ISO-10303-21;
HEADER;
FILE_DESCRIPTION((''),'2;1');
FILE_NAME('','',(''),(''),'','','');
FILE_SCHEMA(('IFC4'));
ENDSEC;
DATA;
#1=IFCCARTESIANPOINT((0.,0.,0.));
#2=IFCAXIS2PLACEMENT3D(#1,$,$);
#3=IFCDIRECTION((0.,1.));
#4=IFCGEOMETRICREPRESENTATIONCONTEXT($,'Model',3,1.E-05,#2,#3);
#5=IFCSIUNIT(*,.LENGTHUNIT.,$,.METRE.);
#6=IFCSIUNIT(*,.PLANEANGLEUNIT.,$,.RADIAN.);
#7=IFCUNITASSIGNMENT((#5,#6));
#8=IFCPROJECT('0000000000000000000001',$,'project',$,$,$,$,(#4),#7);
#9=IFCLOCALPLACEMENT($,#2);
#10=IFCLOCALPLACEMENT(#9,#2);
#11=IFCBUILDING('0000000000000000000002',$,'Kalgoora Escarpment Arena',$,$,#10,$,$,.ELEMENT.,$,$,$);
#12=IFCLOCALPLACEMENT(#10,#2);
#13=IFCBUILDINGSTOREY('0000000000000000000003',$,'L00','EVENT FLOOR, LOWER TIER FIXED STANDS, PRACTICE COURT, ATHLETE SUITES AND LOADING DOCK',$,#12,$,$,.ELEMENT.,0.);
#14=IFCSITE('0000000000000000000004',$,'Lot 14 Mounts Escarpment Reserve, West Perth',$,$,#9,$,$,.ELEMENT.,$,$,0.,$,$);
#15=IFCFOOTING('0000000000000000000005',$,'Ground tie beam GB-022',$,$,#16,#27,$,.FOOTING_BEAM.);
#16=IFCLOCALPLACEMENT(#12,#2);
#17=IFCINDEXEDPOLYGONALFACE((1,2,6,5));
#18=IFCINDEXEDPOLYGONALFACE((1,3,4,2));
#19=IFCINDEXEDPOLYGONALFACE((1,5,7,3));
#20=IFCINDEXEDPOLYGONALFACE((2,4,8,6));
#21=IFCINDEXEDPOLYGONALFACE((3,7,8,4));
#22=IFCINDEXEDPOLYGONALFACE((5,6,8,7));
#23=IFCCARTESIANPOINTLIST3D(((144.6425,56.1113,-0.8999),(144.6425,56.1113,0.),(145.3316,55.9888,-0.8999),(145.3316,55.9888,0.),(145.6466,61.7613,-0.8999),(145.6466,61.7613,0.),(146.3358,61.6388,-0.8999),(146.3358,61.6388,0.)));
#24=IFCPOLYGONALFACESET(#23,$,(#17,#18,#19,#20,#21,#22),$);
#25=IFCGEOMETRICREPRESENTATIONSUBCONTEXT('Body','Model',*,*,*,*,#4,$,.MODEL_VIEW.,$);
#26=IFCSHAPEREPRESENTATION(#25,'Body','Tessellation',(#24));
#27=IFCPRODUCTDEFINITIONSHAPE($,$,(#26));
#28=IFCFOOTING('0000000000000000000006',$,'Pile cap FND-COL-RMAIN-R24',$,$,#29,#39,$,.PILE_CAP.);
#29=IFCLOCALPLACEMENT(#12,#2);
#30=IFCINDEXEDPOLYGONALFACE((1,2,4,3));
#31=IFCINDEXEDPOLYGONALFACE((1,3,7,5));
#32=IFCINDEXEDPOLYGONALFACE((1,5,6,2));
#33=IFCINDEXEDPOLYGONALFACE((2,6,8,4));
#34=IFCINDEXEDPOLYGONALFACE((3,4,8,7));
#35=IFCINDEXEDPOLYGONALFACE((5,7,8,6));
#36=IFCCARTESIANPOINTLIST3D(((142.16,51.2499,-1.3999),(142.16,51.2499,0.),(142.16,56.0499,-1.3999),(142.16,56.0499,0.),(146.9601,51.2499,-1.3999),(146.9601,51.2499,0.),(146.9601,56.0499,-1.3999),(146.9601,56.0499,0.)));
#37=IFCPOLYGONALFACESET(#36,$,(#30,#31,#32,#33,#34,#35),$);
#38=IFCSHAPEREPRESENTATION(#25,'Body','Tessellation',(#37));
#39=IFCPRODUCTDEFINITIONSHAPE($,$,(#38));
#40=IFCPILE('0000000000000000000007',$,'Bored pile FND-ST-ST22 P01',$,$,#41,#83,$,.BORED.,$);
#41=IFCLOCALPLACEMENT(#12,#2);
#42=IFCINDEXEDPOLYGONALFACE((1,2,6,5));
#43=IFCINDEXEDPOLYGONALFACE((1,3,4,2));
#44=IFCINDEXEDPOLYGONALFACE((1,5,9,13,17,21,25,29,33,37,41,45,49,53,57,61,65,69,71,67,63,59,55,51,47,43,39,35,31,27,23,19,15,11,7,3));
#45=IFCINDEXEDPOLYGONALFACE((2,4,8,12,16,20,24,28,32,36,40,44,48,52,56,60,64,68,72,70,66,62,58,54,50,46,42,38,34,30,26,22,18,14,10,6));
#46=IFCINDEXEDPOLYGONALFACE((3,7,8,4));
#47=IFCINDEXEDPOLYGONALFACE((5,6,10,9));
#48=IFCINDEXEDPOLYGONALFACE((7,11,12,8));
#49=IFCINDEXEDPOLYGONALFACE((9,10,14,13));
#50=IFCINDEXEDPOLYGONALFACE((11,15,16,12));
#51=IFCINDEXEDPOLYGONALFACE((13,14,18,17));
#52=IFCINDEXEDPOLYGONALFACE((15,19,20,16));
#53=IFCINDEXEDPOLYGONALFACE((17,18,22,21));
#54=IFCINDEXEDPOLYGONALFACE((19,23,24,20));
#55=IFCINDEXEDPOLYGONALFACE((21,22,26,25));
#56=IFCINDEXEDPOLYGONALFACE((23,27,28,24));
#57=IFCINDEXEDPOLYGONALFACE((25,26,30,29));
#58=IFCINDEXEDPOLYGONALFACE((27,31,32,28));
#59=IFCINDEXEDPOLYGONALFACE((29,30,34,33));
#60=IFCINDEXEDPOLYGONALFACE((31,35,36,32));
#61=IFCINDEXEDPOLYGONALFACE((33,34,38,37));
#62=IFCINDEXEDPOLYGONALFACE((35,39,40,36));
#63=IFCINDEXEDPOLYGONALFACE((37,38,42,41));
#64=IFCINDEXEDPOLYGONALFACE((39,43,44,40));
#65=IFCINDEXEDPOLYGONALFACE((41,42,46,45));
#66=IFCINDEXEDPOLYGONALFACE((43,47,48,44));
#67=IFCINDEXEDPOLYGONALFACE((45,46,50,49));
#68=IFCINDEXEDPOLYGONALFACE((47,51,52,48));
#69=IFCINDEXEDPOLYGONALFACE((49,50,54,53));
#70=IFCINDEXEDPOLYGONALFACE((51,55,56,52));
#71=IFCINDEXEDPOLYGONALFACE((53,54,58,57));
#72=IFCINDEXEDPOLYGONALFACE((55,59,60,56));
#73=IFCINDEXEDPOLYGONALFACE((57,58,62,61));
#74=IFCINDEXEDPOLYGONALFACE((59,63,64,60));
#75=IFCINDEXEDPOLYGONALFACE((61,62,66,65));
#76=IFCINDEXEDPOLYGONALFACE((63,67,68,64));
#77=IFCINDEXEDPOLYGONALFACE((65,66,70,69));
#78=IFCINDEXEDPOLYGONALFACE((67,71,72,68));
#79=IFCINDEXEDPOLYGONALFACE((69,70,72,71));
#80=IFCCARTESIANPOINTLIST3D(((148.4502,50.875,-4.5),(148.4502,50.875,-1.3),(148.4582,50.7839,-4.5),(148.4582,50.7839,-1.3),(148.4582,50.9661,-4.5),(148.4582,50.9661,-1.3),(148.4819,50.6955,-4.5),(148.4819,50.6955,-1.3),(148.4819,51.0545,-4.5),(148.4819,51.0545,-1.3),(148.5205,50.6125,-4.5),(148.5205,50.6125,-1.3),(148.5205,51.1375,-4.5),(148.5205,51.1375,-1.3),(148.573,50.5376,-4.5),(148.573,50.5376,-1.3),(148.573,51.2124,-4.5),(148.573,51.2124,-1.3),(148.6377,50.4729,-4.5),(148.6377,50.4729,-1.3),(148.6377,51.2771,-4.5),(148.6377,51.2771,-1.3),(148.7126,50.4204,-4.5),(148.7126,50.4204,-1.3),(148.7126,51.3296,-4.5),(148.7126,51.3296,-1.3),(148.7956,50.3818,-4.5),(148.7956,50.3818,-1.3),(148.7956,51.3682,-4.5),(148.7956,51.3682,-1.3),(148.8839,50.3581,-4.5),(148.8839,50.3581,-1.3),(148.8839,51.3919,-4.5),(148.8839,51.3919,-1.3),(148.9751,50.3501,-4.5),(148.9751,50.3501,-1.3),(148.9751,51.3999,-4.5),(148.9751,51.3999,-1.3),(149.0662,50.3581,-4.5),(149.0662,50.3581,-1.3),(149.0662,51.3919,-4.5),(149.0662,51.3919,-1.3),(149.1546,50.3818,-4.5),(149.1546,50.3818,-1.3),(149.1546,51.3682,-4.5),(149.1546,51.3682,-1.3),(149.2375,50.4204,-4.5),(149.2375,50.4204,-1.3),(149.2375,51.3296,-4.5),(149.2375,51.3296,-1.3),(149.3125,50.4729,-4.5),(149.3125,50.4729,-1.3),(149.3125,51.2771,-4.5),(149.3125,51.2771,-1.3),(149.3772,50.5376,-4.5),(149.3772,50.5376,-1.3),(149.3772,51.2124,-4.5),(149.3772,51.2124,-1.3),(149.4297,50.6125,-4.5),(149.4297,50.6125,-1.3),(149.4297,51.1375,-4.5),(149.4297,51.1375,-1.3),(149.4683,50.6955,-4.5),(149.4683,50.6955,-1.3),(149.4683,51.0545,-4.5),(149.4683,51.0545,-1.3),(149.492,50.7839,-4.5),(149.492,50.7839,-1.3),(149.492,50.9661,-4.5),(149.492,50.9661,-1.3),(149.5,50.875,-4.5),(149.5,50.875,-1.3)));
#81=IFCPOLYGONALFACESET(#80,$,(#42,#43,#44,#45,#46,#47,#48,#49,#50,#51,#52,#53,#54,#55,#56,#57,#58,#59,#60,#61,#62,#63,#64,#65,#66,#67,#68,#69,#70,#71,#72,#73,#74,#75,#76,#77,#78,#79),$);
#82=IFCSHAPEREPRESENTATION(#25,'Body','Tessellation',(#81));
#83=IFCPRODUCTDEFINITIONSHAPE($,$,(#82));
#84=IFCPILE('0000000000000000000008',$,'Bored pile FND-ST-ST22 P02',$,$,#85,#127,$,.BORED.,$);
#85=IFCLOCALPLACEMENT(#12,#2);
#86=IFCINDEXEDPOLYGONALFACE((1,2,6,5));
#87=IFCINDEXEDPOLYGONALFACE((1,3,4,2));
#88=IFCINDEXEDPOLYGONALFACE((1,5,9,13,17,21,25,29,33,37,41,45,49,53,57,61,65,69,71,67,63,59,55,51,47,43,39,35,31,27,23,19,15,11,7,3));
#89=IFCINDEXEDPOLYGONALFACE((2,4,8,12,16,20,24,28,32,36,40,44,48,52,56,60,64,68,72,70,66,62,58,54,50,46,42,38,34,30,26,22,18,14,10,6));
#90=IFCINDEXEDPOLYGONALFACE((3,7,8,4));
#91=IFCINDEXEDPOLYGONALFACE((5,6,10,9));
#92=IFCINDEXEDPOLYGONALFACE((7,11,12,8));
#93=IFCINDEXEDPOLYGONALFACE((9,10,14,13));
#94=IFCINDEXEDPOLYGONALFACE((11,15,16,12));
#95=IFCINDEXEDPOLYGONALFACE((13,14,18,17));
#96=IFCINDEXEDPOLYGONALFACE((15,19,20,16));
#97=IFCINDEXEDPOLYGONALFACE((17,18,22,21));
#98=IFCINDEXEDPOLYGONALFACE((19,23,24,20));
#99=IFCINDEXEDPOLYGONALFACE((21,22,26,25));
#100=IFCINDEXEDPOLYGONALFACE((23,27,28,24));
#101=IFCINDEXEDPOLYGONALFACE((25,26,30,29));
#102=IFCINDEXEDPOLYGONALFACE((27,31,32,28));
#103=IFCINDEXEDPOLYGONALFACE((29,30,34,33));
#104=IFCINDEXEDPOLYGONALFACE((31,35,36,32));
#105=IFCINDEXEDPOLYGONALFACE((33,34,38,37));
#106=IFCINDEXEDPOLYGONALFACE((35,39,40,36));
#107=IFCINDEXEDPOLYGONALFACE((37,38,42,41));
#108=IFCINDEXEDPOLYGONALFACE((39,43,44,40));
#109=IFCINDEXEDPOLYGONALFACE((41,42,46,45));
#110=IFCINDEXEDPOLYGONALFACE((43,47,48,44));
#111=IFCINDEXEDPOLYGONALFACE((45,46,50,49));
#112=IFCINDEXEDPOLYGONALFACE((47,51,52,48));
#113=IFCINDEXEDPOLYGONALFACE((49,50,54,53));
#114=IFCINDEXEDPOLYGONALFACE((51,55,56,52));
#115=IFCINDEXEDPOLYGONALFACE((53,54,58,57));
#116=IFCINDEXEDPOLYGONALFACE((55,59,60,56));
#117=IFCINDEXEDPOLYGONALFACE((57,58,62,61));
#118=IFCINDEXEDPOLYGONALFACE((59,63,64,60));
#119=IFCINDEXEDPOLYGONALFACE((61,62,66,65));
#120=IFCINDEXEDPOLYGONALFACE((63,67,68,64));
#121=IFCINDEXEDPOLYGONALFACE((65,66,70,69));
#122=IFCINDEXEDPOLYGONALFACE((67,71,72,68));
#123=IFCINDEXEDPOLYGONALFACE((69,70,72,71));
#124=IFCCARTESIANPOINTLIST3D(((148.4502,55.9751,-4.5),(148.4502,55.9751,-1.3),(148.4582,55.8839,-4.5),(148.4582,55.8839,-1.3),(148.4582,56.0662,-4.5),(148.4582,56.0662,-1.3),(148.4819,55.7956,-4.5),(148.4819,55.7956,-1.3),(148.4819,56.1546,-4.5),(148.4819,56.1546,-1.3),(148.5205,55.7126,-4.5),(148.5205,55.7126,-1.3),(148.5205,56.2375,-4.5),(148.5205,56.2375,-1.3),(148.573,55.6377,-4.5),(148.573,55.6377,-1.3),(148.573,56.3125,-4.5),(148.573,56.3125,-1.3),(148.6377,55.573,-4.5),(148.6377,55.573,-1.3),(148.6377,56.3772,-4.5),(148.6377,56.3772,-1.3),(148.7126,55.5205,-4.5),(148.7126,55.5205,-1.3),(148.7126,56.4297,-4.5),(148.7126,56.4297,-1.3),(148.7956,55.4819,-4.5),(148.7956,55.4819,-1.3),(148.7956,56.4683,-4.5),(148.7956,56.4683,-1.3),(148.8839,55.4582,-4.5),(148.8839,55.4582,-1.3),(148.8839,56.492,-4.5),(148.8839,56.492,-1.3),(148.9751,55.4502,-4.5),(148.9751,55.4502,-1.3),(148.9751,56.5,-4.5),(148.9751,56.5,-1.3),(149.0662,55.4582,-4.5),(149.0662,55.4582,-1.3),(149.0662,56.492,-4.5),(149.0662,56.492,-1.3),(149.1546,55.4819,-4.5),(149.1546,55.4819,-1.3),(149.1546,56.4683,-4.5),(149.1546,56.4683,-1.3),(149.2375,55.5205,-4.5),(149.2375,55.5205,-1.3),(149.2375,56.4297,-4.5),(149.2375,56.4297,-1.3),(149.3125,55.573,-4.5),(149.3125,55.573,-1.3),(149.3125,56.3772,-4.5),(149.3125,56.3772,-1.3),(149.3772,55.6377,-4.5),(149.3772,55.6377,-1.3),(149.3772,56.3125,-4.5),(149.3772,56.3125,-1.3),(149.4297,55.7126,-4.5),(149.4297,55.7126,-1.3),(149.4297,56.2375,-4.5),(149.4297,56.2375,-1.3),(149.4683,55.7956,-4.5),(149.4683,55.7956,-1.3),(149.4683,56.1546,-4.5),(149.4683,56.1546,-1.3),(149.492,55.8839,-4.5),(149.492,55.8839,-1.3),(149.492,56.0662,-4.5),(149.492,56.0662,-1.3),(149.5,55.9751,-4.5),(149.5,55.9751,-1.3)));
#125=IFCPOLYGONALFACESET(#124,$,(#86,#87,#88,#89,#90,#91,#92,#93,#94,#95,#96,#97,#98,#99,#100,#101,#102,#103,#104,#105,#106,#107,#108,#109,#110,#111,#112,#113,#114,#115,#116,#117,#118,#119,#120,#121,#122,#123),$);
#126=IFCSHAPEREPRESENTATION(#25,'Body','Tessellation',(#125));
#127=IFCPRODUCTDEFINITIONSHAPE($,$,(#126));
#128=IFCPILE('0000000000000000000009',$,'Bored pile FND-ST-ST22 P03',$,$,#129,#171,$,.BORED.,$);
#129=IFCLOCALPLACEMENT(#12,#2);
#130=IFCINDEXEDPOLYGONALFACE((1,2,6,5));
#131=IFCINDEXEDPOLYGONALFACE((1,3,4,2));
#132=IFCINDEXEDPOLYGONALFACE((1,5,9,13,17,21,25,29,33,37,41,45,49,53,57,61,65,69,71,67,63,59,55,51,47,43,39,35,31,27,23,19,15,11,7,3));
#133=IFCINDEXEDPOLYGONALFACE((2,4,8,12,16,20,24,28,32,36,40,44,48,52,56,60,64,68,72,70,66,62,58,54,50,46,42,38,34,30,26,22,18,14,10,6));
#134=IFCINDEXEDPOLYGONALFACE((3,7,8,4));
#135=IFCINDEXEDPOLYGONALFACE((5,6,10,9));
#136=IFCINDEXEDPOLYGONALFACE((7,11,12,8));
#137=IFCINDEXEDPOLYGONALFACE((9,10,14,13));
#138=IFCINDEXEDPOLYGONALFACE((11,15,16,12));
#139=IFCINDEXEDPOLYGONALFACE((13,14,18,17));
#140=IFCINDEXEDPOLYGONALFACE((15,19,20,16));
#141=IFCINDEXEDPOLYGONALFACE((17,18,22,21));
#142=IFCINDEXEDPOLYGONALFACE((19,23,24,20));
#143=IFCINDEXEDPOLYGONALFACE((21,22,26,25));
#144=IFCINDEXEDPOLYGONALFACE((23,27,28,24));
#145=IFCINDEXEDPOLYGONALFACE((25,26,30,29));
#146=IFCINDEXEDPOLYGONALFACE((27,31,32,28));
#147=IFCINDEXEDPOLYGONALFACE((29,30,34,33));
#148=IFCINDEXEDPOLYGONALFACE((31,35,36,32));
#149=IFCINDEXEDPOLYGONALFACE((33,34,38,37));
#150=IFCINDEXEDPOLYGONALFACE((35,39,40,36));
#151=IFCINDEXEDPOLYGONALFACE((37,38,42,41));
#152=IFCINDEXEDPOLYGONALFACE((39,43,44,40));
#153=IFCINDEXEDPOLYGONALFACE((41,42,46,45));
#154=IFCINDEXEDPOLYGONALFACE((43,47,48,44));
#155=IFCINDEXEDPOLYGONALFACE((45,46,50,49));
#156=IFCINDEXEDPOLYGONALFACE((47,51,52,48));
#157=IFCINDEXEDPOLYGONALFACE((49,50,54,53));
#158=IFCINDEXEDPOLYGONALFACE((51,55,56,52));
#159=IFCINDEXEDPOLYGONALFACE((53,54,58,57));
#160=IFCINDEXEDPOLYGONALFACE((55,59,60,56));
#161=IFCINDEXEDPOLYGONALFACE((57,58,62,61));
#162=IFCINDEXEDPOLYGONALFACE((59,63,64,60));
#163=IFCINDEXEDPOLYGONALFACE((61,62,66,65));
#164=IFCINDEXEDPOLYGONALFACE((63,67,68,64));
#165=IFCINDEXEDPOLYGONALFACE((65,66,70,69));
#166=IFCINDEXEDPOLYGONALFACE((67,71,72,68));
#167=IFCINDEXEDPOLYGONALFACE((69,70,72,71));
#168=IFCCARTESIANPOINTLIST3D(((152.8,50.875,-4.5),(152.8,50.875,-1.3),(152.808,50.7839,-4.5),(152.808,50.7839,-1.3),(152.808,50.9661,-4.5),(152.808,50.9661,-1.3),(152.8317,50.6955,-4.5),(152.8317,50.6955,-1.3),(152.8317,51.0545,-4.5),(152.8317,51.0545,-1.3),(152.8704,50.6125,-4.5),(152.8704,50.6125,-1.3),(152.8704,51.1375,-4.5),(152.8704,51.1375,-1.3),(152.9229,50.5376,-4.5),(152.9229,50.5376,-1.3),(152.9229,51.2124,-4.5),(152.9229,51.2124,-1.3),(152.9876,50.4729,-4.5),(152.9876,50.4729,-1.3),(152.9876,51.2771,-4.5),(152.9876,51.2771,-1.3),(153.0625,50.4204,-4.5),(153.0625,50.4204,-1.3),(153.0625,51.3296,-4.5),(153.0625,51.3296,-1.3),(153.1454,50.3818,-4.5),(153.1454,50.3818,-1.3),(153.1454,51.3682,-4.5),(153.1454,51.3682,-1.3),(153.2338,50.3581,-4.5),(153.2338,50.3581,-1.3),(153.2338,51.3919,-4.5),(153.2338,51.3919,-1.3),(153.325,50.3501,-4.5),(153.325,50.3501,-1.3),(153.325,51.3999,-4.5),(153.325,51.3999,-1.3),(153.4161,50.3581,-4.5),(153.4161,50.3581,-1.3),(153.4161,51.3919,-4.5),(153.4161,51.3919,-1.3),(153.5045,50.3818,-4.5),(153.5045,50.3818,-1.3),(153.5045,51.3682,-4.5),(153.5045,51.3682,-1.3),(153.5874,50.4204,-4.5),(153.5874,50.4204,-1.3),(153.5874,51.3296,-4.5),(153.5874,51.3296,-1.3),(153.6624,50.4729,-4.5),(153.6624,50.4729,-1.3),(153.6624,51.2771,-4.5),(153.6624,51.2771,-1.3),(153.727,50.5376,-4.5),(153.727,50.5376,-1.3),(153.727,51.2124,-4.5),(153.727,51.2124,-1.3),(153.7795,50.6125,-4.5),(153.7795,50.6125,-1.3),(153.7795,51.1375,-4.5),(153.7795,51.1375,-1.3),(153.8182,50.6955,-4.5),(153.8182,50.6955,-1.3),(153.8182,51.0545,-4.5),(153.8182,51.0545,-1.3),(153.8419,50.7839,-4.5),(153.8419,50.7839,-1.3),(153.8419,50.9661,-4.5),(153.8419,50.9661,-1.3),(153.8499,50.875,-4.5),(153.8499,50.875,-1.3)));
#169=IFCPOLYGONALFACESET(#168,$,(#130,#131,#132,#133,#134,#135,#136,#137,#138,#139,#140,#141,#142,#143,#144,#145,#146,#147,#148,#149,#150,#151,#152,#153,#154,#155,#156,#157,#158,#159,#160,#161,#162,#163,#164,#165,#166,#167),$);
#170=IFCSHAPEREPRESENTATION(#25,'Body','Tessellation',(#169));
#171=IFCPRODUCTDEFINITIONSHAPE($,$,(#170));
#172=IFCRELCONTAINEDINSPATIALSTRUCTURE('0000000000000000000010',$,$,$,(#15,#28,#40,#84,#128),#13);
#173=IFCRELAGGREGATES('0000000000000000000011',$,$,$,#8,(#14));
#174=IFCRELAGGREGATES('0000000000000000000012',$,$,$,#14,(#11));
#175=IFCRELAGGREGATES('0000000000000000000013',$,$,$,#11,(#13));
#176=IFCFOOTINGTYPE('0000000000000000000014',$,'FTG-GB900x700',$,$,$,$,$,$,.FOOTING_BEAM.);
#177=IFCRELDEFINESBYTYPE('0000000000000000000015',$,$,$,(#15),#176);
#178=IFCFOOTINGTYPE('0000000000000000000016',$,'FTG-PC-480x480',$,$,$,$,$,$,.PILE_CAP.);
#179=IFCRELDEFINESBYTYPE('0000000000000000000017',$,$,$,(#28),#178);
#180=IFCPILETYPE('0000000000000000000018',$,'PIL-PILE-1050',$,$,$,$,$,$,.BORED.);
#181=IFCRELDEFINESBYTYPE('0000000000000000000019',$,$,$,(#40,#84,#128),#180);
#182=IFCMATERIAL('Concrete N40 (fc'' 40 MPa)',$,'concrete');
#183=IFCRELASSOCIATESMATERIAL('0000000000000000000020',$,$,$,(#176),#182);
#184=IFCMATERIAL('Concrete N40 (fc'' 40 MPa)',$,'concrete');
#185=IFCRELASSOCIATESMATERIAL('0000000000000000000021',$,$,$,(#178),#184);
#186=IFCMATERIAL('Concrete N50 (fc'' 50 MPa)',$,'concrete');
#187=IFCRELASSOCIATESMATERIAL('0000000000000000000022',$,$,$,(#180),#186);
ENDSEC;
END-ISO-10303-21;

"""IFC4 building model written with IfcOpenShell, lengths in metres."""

from ifc_helpers import new_model, si_unit, direction, frame, origin, origin_2d, place, context, subcontext, project, spatial, rectangle, circle, extrude, material, material_profile, profile_set, type_object, element, save


model = new_model("IFC4")

# Units and contexts
model_context = context("Model", 3, precision=1e-05, world=origin(), true_north=direction((0.0, 1.0)))
body_context = subcontext(model_context, "Body", "Model", "MODEL_VIEW")
ifc_project = project(units=[si_unit("LENGTHUNIT", "METRE"), si_unit("PLANEANGLEUNIT", "RADIAN")], contexts=[model_context])

# Site, building, storey
site_placement = place(None, origin())
site = spatial("IfcSite", under=ifc_project, at=site_placement, Name="Lot 14 Mounts Escarpment Reserve, West Perth", CompositionType="ELEMENT", RefElevation=0.0)
building_placement = place(site_placement, origin())
building = spatial("IfcBuilding", under=site, at=building_placement, Name="Kalgoora Escarpment Arena", CompositionType="ELEMENT")
storey_placement = place(building_placement, origin())
storey = spatial("IfcBuildingStorey", under=building, at=storey_placement, Name="L00", Description="EVENT FLOOR, LOWER TIER FIXED STANDS, PRACTICE COURT, ATHLETE SUITES AND LOADING DOCK", CompositionType="ELEMENT", Elevation=0.0)

# Footings
ifc_material_1 = material(Name="Concrete N40 (fc' 40 MPa)", Category="concrete")
ifc_material_profile_1 = material_profile(ifc_material_1, rectangle(XDim=0.7, YDim=0.8999, at=origin_2d()))
ifc_profile_set_1 = profile_set([ifc_material_profile_1], Name="Concrete N40 (fc' 40 MPa)")
footing_type_1 = type_object("IfcFootingType", Name="FTG-GB900x700", PredefinedType="FOOTING_BEAM", material=ifc_profile_set_1)
footing_1_placement = place(storey_placement, frame((144.9871, 56.05, -0.45), z_axis=(0.174987, 0.984571, 0.0), x_axis=(-0.984571, 0.174987, 0.0)))
element("IfcFooting", 1, at=footing_1_placement, inside=storey, type_object=footing_type_1, Name="Ground tie beam GB-022", PredefinedType="FOOTING_BEAM", context=body_context, shape_type="SweptSolid", body=[
    extrude(rectangle(XDim=0.7, YDim=0.8999, at=origin_2d()), origin(), (0.0, 0.0, 1.0), 5.7385),
])
ifc_material_2 = material(Name="Concrete N40 (fc' 40 MPa)", Category="concrete")
footing_type_2 = type_object("IfcFootingType", Name="FTG-PC-480x480", PredefinedType="PILE_CAP", material=ifc_material_2)
footing_2_placement = place(storey_placement, frame((144.5601, 53.6499, -1.3999), z_axis=(0.0, 0.0, 1.0), x_axis=(1.0, 0.0, 0.0)))
element("IfcFooting", 2, at=footing_2_placement, inside=storey, type_object=footing_type_2, Name="Pile cap FND-COL-RMAIN-R24", PredefinedType="PILE_CAP", context=body_context, shape_type="SweptSolid", body=[
    extrude(rectangle(XDim=4.8, YDim=4.8, at=origin_2d()), origin(), (0.0, 0.0, 1.0), 1.3999),
])

# Piles
ifc_material_3 = material(Name="Concrete N50 (fc' 50 MPa)", Category="concrete")
ifc_material_profile_2 = material_profile(ifc_material_3, circle(Radius=0.5249, at=origin_2d()))
ifc_profile_set_2 = profile_set([ifc_material_profile_2], Name="Concrete N50 (fc' 50 MPa)")
pile_type_1 = type_object("IfcPileType", Name="PIL-PILE-1050", PredefinedType="BORED", material=ifc_profile_set_2)
for number, where, z_axis, x_axis, name in (
    (3, (148.9751, 50.875, -1.3), (0.0, 0.0, -1.0), (1.0, 0.0, 0.0), "Bored pile FND-ST-ST22 P01"),
    (4, (148.9751, 55.9751, -1.3), (0.0, 0.0, -1.0), (1.0, 0.0, 0.0), "Bored pile FND-ST-ST22 P02"),
    (5, (153.325, 50.875, -1.3), (0.0, 0.0, -1.0), (1.0, 0.0, 0.0), "Bored pile FND-ST-ST22 P03"),
):
    element("IfcPile", number, at=place(storey_placement, frame(where, z_axis=z_axis, x_axis=x_axis)), inside=storey, type_object=pile_type_1, Name=name, PredefinedType="BORED", context=body_context, shape_type="SweptSolid", body=[
        extrude(circle(Radius=0.5249, at=origin_2d()), origin(), (0.0, 0.0, 1.0), 3.2),
    ])

save(model, "model.ifc")
